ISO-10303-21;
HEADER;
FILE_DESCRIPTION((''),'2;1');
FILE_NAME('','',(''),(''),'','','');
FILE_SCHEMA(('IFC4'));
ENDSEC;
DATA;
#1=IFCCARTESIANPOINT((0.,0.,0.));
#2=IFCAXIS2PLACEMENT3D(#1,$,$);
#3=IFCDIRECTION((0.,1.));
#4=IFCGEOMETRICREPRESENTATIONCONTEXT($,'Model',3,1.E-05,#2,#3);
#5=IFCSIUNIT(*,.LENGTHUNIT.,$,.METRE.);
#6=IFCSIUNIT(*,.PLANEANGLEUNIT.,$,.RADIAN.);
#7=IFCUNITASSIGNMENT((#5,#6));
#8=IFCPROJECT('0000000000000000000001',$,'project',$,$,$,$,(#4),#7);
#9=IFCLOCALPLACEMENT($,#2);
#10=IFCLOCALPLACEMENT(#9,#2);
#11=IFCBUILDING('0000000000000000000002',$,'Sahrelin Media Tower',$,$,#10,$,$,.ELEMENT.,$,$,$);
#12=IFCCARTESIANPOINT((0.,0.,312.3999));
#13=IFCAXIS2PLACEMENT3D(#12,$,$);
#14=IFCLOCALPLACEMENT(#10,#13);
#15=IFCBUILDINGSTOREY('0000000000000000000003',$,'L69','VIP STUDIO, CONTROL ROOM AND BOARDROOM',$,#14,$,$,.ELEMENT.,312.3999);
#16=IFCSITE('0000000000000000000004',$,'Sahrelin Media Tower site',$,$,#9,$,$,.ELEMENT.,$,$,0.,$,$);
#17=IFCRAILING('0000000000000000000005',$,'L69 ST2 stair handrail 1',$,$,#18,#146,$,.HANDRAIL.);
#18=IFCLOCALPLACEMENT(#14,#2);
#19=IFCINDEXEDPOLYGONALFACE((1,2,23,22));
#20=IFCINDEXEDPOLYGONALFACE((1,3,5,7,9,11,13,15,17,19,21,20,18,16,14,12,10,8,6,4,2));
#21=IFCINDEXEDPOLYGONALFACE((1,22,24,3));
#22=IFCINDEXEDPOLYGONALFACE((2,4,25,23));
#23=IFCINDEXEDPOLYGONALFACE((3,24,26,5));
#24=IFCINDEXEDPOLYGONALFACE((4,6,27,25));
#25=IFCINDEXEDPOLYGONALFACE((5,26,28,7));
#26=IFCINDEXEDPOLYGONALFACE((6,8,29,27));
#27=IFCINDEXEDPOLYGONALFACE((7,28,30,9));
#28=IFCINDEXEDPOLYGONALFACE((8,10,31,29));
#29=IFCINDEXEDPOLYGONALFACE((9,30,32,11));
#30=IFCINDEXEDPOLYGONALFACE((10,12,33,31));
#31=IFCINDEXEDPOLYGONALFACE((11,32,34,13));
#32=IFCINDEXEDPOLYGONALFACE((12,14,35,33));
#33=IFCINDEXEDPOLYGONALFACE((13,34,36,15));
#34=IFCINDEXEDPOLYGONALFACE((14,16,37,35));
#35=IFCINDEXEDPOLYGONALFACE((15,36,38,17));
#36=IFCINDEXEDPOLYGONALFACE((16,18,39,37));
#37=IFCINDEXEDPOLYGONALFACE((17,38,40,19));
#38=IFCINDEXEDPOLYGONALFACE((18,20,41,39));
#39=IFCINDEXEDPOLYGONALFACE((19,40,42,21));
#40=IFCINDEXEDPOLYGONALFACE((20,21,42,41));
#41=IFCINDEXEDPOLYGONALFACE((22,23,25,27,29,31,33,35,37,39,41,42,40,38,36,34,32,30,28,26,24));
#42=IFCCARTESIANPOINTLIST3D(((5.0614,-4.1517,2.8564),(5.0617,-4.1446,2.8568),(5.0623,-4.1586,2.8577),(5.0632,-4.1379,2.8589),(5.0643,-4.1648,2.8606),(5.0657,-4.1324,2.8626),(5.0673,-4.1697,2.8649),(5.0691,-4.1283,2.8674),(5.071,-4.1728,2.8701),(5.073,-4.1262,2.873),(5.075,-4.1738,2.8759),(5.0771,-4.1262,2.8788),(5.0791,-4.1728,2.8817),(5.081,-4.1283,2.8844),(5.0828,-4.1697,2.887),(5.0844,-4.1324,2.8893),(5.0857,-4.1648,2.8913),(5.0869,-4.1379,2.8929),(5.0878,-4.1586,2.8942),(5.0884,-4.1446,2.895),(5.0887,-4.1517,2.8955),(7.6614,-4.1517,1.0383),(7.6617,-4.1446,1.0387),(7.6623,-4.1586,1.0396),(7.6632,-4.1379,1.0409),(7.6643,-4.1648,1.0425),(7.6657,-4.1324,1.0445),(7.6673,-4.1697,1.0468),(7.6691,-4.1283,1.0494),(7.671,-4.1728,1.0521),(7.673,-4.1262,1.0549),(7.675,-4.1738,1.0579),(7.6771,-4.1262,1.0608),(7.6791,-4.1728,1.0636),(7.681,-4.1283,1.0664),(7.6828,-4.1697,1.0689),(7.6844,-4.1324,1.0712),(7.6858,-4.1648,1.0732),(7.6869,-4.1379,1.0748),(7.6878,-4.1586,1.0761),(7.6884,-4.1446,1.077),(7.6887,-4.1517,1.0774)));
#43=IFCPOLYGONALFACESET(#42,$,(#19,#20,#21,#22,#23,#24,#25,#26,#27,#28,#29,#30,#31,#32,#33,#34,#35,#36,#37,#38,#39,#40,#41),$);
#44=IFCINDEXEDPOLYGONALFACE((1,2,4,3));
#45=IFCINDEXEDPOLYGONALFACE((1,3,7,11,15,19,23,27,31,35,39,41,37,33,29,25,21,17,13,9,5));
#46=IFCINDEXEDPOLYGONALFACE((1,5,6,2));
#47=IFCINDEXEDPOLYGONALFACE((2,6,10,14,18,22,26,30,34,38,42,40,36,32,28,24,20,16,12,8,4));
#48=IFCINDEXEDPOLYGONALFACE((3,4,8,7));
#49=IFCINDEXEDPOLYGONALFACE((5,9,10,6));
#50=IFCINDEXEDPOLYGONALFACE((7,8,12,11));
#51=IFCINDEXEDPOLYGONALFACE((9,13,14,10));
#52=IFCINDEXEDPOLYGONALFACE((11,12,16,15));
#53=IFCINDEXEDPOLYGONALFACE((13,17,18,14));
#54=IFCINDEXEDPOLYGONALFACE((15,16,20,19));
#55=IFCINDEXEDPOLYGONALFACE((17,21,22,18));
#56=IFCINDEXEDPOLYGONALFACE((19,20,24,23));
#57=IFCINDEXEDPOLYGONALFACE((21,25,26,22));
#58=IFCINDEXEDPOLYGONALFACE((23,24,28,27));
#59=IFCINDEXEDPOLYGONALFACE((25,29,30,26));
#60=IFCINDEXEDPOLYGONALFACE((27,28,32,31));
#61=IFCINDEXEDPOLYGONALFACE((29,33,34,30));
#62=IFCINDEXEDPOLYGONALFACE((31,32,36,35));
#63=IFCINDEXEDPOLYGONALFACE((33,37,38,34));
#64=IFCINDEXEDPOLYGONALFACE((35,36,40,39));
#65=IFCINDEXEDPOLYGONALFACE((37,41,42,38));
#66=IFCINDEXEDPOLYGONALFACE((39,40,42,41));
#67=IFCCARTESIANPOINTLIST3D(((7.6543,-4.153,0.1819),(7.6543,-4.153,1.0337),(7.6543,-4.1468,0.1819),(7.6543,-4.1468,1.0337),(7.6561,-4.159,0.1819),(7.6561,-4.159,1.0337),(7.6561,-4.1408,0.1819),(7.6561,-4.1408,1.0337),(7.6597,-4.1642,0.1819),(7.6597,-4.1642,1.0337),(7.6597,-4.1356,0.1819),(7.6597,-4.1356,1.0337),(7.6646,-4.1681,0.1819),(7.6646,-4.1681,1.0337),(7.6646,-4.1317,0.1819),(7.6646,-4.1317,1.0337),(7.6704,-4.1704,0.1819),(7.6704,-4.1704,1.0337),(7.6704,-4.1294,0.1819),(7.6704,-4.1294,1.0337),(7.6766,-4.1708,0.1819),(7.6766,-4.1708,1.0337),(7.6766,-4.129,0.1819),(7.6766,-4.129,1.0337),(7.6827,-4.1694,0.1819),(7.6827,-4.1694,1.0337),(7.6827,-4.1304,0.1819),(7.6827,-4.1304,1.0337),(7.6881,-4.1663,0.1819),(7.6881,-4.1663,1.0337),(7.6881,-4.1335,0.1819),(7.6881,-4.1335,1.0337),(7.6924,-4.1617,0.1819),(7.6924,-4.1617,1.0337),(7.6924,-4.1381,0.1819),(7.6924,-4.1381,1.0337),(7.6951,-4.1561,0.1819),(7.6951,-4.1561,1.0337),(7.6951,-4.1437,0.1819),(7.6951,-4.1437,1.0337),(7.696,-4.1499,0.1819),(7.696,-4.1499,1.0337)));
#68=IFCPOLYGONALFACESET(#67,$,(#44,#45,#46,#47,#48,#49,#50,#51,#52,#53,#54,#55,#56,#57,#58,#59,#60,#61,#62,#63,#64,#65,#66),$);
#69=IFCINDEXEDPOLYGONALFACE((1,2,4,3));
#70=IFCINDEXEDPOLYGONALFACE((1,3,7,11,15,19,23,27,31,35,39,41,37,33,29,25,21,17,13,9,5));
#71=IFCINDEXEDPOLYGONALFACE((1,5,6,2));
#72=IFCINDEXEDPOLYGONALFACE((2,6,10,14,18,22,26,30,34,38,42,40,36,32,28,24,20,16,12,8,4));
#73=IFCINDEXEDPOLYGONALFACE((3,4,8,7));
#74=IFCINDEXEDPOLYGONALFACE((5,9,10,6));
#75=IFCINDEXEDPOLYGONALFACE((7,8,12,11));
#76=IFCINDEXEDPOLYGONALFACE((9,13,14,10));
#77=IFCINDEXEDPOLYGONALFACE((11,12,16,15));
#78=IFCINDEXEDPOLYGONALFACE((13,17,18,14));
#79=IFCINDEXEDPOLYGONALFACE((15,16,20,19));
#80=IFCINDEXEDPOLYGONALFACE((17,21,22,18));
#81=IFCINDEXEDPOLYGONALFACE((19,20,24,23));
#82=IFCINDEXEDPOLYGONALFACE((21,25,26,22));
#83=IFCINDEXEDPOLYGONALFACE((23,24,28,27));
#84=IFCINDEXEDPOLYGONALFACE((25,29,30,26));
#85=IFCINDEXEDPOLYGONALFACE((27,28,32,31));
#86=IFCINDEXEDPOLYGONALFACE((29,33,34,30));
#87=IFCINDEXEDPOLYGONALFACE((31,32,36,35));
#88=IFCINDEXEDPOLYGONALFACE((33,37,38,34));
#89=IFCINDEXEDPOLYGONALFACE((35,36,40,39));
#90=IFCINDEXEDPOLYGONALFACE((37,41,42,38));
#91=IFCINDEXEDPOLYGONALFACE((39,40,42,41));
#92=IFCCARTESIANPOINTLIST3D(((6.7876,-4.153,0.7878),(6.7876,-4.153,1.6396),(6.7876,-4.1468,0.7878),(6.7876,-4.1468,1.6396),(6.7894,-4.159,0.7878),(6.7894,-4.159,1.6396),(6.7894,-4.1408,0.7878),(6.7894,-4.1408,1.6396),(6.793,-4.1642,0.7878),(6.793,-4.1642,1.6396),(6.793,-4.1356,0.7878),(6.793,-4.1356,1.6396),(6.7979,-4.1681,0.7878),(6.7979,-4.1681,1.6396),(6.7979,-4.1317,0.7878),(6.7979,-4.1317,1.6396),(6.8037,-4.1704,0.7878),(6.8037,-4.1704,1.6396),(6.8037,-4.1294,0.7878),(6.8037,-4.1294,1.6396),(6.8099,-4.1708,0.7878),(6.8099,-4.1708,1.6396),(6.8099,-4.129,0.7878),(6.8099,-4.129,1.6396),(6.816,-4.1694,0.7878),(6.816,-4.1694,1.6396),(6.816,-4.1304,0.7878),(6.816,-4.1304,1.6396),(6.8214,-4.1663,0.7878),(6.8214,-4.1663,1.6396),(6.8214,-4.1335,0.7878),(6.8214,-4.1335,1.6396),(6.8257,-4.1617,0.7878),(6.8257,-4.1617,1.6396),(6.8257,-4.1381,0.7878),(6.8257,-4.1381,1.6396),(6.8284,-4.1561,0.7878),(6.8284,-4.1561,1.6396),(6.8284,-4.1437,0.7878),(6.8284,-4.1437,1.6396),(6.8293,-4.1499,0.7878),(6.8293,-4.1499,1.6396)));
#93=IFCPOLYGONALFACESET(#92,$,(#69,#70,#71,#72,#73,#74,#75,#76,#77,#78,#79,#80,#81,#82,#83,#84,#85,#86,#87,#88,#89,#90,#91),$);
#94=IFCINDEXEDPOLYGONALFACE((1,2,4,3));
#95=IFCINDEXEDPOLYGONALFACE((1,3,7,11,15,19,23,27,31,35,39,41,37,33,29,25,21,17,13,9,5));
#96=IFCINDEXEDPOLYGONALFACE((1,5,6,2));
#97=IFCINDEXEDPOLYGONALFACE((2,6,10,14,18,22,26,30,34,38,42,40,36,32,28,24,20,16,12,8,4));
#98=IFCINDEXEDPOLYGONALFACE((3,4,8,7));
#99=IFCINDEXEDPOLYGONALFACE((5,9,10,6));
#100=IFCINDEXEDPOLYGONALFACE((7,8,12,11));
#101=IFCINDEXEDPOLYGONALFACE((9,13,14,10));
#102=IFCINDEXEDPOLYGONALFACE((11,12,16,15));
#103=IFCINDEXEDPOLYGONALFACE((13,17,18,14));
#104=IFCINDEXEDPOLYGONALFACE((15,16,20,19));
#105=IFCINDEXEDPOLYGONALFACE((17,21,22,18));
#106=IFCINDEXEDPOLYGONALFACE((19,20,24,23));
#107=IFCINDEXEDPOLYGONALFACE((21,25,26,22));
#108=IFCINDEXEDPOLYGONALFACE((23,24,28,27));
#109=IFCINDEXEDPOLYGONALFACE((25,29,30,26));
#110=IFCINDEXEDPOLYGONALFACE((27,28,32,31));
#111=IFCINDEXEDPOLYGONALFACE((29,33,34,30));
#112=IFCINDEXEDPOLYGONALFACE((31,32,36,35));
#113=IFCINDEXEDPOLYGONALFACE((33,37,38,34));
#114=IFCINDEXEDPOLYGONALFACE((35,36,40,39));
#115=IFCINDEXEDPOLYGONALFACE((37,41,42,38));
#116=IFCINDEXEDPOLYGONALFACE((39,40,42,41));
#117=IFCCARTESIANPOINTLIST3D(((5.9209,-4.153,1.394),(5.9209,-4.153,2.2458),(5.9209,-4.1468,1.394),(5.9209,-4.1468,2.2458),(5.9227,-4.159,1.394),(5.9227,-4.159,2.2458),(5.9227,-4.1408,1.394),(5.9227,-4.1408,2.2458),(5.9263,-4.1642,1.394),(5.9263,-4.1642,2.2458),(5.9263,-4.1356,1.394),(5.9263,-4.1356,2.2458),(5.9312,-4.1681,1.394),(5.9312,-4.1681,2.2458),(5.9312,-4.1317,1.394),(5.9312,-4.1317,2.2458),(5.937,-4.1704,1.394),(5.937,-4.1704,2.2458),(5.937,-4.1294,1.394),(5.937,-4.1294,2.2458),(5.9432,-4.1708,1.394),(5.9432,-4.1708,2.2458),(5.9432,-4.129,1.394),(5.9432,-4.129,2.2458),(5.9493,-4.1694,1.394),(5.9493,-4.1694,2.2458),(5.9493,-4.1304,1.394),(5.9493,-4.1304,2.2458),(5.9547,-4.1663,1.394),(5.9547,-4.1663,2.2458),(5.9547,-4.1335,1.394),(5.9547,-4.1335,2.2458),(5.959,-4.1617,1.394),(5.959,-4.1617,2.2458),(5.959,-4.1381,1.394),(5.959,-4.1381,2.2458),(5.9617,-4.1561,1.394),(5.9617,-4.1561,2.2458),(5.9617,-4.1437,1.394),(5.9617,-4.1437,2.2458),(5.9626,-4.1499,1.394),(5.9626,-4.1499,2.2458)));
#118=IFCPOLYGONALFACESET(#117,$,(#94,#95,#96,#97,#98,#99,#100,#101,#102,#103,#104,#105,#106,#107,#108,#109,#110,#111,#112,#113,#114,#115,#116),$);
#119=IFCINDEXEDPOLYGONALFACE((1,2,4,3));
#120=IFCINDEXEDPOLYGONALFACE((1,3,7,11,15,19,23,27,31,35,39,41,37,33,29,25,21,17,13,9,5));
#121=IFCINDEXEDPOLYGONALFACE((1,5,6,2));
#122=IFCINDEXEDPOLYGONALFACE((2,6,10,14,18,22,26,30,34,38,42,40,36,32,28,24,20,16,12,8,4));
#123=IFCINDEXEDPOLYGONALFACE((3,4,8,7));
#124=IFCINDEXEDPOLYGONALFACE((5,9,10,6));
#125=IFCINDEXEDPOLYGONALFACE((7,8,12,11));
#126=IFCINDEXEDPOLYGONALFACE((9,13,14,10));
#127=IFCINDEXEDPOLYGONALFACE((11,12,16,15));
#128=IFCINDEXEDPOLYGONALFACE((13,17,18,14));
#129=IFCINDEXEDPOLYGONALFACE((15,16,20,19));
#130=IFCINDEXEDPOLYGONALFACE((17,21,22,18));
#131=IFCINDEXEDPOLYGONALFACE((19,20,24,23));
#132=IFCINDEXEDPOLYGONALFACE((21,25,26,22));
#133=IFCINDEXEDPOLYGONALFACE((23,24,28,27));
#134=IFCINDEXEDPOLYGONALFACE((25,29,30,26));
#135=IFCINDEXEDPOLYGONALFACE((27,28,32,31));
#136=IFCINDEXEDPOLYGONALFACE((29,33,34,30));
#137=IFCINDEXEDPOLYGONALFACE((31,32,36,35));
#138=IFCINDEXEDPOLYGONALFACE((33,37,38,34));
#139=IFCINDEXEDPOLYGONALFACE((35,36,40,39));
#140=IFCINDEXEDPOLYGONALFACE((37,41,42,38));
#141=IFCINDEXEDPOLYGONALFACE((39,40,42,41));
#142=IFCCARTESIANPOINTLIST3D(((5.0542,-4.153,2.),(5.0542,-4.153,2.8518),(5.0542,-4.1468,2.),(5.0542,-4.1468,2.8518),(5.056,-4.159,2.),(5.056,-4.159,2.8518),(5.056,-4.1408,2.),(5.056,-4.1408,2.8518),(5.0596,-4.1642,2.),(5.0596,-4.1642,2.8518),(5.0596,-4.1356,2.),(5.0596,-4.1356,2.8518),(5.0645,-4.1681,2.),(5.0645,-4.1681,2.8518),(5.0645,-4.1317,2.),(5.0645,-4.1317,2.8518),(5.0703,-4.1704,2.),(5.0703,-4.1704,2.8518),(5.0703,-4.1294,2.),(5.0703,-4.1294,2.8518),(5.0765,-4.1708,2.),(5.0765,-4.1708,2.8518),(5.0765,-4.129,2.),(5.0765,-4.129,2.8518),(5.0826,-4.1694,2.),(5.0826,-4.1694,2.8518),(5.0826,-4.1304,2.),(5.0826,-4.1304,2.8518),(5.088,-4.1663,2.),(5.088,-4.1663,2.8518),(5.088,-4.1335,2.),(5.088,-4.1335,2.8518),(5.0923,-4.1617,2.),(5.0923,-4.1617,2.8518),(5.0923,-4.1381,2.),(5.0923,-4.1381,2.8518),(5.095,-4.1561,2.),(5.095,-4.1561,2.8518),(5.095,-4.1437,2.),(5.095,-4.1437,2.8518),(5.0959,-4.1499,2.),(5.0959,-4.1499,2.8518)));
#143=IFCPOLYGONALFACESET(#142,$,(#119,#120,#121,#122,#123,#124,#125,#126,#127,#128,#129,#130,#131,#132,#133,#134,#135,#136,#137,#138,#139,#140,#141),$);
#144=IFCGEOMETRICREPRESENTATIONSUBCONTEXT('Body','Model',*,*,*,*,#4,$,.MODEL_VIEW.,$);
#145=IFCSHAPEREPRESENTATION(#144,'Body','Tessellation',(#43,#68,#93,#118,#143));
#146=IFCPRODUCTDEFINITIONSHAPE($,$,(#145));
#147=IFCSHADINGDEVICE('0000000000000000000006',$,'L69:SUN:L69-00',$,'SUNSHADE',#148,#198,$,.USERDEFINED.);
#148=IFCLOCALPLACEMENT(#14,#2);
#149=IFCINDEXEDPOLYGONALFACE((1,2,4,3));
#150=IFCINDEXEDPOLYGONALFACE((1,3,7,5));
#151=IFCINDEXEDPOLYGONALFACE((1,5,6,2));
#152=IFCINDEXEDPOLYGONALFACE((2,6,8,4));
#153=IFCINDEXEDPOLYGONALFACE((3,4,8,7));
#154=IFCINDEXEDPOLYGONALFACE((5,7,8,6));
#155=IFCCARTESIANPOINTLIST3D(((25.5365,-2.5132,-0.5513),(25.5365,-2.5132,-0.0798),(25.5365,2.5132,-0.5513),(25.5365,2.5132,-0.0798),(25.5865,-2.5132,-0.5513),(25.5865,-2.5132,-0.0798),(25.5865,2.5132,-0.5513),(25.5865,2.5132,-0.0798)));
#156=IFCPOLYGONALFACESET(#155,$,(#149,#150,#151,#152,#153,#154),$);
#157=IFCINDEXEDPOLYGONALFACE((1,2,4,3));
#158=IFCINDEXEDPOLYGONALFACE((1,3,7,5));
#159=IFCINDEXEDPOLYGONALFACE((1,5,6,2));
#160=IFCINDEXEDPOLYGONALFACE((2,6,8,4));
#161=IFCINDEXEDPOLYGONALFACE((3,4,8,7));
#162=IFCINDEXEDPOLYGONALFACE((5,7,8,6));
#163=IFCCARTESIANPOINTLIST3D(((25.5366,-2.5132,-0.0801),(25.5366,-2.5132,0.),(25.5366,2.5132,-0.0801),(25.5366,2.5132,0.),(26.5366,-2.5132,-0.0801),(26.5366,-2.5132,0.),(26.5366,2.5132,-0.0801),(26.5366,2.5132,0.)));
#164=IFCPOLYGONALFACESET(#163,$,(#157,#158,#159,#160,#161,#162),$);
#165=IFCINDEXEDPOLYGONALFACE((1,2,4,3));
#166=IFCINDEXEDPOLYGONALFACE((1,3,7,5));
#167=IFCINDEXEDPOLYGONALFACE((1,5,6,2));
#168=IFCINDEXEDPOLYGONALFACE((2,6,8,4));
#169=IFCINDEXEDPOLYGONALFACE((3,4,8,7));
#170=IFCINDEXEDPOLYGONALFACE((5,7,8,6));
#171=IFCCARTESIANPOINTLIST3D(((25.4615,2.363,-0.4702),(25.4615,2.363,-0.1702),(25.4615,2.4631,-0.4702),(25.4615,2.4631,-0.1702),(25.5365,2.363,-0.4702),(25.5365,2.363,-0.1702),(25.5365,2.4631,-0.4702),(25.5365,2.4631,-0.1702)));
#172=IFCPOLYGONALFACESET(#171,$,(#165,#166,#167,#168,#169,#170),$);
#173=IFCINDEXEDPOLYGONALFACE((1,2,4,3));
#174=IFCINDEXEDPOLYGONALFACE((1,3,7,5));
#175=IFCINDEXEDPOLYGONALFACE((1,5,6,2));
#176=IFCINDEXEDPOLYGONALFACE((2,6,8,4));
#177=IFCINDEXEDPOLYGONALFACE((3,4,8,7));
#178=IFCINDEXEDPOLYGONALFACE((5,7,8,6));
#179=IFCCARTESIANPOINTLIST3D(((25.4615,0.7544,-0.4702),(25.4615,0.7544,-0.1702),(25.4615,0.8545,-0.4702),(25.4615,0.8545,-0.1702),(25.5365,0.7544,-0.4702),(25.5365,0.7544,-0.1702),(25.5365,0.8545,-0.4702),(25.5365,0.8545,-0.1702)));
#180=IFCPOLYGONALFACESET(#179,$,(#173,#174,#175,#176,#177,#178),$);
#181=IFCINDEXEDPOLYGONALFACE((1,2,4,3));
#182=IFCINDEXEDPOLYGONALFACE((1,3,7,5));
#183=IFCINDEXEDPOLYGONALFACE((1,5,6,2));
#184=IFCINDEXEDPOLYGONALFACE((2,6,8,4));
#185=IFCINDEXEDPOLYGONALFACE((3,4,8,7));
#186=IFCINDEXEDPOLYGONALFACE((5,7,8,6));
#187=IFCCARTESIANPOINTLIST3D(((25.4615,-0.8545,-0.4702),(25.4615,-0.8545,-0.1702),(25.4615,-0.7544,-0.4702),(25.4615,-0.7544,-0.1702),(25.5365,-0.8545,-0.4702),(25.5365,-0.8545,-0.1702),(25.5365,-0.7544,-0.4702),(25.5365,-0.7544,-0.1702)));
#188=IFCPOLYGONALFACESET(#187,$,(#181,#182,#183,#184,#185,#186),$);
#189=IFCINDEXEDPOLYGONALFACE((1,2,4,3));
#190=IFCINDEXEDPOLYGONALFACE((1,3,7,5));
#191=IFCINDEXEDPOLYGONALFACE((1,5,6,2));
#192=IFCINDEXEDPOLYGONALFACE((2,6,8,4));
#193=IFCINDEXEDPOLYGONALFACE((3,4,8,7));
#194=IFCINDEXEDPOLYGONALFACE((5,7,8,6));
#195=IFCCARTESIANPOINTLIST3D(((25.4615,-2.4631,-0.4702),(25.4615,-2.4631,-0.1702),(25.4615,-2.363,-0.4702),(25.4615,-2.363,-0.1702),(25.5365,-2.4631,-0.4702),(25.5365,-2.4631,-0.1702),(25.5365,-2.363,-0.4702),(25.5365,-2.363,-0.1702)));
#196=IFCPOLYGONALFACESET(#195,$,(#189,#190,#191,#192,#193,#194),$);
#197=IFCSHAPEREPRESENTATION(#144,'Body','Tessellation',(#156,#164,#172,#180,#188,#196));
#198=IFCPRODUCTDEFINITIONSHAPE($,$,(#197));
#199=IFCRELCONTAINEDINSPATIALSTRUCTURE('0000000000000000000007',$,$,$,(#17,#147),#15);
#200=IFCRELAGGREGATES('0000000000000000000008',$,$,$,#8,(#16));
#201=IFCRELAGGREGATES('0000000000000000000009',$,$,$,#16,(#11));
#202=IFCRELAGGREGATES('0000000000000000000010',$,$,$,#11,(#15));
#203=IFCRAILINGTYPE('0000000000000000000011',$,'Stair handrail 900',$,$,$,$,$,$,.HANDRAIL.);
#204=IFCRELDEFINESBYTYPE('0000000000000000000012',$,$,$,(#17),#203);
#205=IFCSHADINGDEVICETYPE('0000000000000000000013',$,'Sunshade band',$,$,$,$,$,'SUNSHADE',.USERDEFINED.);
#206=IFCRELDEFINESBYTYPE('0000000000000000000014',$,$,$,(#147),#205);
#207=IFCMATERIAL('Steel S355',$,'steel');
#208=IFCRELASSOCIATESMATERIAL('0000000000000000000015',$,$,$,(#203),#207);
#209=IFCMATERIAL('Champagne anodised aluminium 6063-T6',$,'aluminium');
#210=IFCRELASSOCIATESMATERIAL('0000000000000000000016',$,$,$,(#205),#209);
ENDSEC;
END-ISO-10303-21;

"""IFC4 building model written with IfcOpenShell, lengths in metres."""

from ifc_helpers import new_model, si_unit, direction, frame, origin, origin_2d, place, context, subcontext, project, spatial, rectangle, circle, extrude, material, type_object, element, save


model = new_model("IFC4")

# Units and contexts
model_context = context("Model", 3, precision=1e-05, world=origin(), true_north=direction((0.0, 1.0)))
body_context = subcontext(model_context, "Body", "Model", "MODEL_VIEW")
ifc_project = project(units=[si_unit("LENGTHUNIT", "METRE"), si_unit("PLANEANGLEUNIT", "RADIAN")], contexts=[model_context])

# Site, building, storey
site_placement = place(None, origin())
site = spatial("IfcSite", under=ifc_project, at=site_placement, Name="Sahrelin Media Tower site", CompositionType="ELEMENT", RefElevation=0.0)
building_placement = place(site_placement, origin())
building = spatial("IfcBuilding", under=site, at=building_placement, Name="Sahrelin Media Tower", CompositionType="ELEMENT")
storey_placement = place(building_placement, frame((0.0, 0.0, 312.3999)))
storey = spatial("IfcBuildingStorey", under=building, at=storey_placement, Name="L69", Description="VIP STUDIO, CONTROL ROOM AND BOARDROOM", CompositionType="ELEMENT", Elevation=312.3999)

# Shared definitions
ifc_material_1 = material(Name="Champagne anodised aluminium 6063-T6", Category="aluminium")

# Shared definitions
ifc_material_2 = material(Name="Steel S355", Category="steel")

# Railing
railing_type_1 = type_object("IfcRailingType", Name="Stair handrail 900", PredefinedType="HANDRAIL", material=ifc_material_2)
railing_1_placement = place(storey_placement, frame((7.675, -4.1499, 0.1819)))
element("IfcRailing", 1, at=railing_1_placement, inside=storey, type_object=railing_type_1, Name="L69 ST2 stair handrail 1", PredefinedType="HANDRAIL", context=body_context, shape_type="SweptSolid", body=[
    extrude(circle(Radius=0.0239, at=origin_2d()), frame((0.0, 0.0, 0.876), z_axis=(-0.819521, 0.0, 0.573049), x_axis=(0.0, -1.0, 0.0)), (0.0, 0.0, 1.0), 3.1726),
    extrude(circle(Radius=0.021, at=origin_2d()), origin(), (0.0, 0.0, 1.0), 0.8518),
    extrude(circle(Radius=0.021, at=origin_2d()), frame((-0.8667, 0.0, 0.606)), (0.0, 0.0, 1.0), 0.8518),
    extrude(circle(Radius=0.021, at=origin_2d()), frame((-1.7334, 0.0, 1.2122)), (0.0, 0.0, 1.0), 0.8518),
    extrude(circle(Radius=0.021, at=origin_2d()), frame((-2.6001, 0.0, 1.8181)), (0.0, 0.0, 1.0), 0.8518),
])

# Shading device
shading_device_type_1 = type_object("IfcShadingDeviceType", Name="Sunshade band", ElementType="SUNSHADE", PredefinedType="USERDEFINED", material=ifc_material_1)
shading_device_1_placement = place(storey_placement, frame((25.5166, 0.0, 0.0), z_axis=(0.0, 0.0, 1.0), x_axis=(0.0, -1.0, 0.0)))
element("IfcShadingDevice", 2, at=shading_device_1_placement, inside=storey, type_object=shading_device_type_1, Name="L69:SUN:L69-00", ObjectType="SUNSHADE", PredefinedType="USERDEFINED", context=body_context, shape_type="SweptSolid", body=[
    extrude(rectangle(XDim=5.0264, YDim=0.05, at=origin_2d()), frame((0.0, 0.0449, -0.5513)), (0.0, 0.0, 1.0), 0.4714),
    extrude(rectangle(XDim=5.0264, YDim=1.0, at=origin_2d()), frame((0.0, 0.52, -0.0801)), (0.0, 0.0, 1.0), 0.0801),
    extrude(rectangle(XDim=0.1001, YDim=0.075, at=origin_2d()), frame((-2.4131, -0.0176, -0.4702)), (0.0, 0.0, 1.0), 0.3),
    extrude(rectangle(XDim=0.1001, YDim=0.075, at=origin_2d()), frame((-0.8044, -0.0176, -0.4702)), (0.0, 0.0, 1.0), 0.3),
    extrude(rectangle(XDim=0.1001, YDim=0.075, at=origin_2d()), frame((0.8044, -0.0176, -0.4702)), (0.0, 0.0, 1.0), 0.3),
    extrude(rectangle(XDim=0.1001, YDim=0.075, at=origin_2d()), frame((2.4131, -0.0176, -0.4702)), (0.0, 0.0, 1.0), 0.3),
])

save(model, "model.ifc")
